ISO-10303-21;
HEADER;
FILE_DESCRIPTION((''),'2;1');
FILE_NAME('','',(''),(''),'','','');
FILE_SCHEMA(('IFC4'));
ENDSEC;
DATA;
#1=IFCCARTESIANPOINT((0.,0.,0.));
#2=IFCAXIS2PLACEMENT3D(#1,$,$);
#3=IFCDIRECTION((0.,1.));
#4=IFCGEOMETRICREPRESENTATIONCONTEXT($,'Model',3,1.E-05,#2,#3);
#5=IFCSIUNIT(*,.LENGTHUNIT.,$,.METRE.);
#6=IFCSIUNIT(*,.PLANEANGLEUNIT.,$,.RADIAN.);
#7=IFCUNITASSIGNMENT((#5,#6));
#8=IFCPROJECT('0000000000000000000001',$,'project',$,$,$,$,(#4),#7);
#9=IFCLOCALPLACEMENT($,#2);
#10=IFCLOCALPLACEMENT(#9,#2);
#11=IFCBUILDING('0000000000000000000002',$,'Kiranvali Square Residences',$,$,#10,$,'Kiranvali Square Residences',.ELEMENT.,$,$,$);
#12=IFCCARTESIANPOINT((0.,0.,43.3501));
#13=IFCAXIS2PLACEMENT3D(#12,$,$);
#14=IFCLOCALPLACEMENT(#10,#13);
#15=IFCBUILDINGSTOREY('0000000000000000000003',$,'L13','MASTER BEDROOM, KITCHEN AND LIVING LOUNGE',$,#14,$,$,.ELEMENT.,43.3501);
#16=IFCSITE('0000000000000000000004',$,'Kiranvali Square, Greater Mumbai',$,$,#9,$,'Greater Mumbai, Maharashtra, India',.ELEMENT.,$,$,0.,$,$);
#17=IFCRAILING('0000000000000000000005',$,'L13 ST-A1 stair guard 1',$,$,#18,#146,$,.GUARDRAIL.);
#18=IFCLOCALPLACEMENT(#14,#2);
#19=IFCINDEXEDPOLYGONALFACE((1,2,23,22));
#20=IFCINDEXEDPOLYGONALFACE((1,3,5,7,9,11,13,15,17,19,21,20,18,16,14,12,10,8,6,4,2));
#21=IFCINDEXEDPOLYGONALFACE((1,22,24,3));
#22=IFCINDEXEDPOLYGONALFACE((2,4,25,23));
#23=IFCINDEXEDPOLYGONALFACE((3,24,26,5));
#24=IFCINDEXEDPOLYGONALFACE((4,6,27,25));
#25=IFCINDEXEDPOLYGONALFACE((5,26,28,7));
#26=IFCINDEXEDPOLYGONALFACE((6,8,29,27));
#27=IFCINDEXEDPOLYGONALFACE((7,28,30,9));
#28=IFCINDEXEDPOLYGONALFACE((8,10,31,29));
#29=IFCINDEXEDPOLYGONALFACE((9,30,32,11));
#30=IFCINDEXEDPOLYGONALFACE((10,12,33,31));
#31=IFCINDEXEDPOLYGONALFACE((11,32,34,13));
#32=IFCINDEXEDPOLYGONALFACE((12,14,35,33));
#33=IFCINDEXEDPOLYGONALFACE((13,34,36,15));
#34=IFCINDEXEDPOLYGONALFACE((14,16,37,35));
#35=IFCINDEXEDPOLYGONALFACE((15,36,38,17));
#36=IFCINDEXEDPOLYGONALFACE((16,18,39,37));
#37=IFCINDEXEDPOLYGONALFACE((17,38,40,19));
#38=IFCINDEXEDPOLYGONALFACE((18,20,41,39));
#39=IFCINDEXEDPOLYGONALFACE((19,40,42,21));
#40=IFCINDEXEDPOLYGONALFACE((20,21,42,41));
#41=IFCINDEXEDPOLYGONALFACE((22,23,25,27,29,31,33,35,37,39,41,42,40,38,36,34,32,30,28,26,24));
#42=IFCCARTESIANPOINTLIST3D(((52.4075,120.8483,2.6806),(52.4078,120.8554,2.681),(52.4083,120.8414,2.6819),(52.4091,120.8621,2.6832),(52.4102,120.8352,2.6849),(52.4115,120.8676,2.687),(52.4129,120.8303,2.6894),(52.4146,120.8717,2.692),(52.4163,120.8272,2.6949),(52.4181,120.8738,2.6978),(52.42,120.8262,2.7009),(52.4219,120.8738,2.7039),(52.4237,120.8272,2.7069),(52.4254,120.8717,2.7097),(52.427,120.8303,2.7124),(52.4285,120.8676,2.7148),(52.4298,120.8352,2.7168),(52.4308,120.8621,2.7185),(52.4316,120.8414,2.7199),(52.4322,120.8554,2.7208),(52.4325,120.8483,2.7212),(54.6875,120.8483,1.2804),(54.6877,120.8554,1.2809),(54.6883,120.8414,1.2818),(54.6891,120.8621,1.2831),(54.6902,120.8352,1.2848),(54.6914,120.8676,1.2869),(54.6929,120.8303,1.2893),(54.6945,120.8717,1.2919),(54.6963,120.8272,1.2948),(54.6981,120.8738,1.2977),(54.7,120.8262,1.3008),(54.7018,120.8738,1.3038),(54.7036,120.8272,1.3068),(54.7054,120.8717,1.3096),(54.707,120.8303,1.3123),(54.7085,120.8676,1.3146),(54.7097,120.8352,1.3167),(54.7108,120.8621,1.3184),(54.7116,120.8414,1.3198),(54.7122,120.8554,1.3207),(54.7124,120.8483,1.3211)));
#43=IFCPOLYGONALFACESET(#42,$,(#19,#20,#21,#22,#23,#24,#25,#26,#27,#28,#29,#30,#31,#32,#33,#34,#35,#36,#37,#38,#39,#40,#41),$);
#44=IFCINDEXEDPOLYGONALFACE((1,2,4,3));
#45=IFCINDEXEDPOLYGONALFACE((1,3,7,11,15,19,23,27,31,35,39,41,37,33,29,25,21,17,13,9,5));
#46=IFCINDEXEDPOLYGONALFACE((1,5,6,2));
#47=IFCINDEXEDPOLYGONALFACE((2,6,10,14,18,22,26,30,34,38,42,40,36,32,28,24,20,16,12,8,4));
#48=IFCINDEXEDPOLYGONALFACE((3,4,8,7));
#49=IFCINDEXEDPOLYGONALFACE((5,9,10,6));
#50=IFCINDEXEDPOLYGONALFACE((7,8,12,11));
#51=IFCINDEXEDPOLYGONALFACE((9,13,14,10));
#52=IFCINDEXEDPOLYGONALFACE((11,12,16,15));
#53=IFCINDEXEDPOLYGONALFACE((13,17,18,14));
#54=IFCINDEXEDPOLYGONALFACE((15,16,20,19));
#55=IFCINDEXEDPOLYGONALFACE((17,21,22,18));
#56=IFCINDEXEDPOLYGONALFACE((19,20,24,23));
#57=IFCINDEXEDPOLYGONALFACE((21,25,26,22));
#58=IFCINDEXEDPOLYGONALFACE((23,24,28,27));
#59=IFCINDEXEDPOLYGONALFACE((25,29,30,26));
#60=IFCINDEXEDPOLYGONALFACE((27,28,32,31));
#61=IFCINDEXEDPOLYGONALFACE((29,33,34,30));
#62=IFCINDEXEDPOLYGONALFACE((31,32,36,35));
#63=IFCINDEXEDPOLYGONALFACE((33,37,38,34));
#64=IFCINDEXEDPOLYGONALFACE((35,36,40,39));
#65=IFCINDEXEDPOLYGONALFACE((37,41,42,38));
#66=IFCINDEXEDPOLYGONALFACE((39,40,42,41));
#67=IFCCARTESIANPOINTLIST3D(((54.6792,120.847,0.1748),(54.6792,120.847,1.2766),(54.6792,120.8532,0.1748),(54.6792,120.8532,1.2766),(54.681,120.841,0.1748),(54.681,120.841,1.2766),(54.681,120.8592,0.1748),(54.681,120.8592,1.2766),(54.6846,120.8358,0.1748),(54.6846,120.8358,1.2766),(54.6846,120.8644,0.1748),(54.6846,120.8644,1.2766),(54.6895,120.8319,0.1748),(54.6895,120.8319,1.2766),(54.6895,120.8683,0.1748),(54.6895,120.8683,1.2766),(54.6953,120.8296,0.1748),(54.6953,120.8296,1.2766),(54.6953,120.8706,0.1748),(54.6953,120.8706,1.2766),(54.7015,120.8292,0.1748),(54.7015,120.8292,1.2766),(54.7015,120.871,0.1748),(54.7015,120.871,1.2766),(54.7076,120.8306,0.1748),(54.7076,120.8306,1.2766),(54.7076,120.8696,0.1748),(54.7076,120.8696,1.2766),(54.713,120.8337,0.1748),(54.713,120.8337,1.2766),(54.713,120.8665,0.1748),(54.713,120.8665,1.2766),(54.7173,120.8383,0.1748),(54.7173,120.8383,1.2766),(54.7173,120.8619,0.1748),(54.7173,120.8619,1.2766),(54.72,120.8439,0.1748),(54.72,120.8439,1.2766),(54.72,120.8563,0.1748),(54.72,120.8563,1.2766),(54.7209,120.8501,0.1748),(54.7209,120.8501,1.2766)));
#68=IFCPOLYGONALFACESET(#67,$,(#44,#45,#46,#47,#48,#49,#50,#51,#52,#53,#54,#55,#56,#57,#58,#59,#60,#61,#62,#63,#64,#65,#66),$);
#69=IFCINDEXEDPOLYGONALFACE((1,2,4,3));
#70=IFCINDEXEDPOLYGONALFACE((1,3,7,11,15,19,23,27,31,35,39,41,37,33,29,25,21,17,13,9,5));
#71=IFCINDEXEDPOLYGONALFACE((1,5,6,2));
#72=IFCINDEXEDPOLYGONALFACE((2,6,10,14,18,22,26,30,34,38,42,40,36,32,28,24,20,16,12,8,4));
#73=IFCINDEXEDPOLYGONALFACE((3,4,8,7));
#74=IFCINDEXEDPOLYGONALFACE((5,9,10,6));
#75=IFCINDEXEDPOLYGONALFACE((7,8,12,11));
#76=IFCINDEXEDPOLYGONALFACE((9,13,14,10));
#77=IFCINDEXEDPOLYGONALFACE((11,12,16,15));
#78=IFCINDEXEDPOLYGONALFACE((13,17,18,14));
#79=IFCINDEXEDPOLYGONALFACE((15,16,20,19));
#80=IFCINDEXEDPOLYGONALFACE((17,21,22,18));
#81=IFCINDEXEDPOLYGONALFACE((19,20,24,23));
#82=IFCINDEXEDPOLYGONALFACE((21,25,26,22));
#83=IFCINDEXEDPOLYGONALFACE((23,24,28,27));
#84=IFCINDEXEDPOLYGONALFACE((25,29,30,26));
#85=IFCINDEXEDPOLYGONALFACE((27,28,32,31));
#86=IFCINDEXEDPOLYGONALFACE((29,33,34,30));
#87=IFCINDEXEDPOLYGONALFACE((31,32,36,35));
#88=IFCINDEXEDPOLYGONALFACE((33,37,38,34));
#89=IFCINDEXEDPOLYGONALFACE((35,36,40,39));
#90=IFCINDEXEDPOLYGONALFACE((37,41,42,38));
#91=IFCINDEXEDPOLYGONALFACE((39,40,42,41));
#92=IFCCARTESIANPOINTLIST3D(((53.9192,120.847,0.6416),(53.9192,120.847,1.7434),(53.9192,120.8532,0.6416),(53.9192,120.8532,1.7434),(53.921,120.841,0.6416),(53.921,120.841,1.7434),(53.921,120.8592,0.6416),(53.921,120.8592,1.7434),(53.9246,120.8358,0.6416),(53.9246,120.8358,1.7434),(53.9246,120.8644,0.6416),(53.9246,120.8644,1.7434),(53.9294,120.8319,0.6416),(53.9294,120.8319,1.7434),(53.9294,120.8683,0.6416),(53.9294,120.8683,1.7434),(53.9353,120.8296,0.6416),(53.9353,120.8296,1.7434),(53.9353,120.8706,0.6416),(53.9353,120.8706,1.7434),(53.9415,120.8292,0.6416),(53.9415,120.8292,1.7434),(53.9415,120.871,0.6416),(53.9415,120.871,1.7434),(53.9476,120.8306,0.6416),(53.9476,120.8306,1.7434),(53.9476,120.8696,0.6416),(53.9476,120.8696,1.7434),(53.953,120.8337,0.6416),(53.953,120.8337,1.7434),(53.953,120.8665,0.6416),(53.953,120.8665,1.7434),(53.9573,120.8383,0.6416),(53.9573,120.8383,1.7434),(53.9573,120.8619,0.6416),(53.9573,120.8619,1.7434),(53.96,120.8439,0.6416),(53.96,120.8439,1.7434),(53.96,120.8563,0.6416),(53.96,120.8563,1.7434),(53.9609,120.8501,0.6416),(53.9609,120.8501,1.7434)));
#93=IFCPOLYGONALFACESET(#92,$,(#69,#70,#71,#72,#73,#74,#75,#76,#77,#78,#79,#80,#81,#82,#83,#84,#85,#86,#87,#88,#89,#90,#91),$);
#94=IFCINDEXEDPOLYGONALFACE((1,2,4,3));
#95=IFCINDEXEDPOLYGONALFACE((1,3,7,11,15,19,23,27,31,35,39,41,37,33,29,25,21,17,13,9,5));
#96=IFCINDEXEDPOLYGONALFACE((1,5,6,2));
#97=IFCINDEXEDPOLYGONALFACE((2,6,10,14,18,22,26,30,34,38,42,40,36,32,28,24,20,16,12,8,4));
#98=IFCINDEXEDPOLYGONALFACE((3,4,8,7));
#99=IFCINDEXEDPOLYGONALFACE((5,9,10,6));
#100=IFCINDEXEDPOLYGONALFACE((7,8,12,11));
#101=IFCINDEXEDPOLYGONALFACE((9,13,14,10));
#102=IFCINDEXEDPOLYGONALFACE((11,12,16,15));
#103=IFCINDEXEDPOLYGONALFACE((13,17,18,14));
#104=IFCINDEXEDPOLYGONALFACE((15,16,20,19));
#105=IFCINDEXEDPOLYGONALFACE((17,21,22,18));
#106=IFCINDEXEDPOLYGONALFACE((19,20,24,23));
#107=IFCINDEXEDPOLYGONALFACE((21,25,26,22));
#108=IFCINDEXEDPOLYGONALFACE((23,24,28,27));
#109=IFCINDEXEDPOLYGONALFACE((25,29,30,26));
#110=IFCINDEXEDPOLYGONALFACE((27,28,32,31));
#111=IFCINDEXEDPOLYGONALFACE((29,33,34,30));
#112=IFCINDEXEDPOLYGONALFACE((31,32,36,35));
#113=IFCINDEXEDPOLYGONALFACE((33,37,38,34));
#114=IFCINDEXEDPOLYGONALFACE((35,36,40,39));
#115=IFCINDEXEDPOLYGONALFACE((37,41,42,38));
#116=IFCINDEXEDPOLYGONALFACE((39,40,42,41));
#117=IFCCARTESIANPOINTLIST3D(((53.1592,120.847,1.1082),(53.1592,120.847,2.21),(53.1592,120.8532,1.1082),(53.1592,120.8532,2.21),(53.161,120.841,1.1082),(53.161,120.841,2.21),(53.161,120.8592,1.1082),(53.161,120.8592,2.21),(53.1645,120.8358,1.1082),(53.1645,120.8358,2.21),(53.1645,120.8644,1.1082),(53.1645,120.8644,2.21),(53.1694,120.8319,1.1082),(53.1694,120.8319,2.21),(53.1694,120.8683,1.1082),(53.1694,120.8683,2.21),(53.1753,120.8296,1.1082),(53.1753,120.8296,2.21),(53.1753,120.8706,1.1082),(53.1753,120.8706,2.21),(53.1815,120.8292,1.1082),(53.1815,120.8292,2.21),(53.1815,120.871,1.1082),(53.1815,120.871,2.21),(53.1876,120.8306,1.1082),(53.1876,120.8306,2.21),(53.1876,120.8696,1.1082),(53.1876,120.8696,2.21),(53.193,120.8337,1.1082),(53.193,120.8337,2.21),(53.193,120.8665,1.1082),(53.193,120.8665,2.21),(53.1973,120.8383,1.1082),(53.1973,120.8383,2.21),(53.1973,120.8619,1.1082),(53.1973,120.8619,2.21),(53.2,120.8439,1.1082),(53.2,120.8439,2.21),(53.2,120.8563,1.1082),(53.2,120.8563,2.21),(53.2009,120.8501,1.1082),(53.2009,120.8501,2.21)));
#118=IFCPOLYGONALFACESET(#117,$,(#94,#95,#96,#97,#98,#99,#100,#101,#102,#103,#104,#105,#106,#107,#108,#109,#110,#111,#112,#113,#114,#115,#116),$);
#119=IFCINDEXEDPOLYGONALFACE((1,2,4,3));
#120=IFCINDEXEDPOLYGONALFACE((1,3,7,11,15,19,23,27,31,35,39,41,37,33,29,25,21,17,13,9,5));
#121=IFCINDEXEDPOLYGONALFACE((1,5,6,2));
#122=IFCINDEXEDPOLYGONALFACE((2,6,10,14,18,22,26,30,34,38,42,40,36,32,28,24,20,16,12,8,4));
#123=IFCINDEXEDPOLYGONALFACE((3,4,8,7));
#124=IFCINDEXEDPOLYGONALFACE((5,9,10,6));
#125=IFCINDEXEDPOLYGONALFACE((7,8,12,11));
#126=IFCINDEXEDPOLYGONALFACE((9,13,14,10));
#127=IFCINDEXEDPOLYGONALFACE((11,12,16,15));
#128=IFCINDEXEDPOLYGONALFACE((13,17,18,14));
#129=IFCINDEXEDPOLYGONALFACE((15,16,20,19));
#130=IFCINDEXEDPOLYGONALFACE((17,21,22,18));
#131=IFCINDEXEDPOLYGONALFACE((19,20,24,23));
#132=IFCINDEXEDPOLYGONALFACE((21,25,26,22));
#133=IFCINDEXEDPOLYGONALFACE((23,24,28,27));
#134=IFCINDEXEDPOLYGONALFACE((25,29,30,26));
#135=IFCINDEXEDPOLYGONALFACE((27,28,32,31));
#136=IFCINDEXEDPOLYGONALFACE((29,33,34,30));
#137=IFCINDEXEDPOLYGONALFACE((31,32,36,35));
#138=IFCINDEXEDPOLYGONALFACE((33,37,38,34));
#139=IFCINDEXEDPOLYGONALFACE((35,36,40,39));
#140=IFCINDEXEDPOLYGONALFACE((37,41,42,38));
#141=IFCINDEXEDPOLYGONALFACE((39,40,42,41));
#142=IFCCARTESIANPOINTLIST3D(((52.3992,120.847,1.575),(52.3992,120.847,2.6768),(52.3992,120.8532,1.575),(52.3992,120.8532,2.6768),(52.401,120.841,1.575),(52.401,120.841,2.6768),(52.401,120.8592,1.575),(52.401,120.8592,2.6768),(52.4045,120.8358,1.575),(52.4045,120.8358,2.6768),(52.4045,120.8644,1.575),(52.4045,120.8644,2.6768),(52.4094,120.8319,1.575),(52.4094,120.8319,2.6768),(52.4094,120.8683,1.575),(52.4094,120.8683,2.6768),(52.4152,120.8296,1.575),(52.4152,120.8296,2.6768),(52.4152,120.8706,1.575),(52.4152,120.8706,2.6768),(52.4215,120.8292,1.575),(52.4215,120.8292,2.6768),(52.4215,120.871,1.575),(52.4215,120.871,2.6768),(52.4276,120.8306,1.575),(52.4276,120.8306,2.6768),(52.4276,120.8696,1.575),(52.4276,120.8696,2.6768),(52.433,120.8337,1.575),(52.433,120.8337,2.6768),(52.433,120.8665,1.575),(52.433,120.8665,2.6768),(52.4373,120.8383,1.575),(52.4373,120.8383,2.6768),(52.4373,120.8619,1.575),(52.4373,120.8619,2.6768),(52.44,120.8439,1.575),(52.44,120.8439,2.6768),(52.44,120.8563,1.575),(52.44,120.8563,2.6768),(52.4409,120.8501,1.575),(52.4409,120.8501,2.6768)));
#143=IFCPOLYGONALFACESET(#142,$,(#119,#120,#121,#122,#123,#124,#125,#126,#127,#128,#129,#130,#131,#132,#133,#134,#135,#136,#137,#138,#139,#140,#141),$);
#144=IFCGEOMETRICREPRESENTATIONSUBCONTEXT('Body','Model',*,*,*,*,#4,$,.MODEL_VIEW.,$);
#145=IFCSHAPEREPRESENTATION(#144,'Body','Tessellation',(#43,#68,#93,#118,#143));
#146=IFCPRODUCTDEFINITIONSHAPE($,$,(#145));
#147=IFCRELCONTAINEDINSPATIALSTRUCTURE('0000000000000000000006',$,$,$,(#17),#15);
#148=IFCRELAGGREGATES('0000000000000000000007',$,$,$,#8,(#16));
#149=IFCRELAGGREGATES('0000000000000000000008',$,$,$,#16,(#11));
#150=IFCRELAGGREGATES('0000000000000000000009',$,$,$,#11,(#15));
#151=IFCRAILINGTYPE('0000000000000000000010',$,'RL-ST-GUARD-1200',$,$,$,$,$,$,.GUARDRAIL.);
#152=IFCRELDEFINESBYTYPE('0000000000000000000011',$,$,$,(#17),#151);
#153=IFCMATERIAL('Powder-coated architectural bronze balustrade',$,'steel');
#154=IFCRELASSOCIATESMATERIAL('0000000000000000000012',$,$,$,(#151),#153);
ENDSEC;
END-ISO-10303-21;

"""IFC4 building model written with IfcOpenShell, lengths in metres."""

from ifc_helpers import new_model, si_unit, direction, frame, origin, origin_2d, place, context, subcontext, project, spatial, circle, extrude, material, type_object, element, save


model = new_model("IFC4")

# Units and contexts
model_context = context("Model", 3, precision=1e-05, world=origin(), true_north=direction((0.0, 1.0)))
body_context = subcontext(model_context, "Body", "Model", "MODEL_VIEW")
ifc_project = project(units=[si_unit("LENGTHUNIT", "METRE"), si_unit("PLANEANGLEUNIT", "RADIAN")], contexts=[model_context])

# Site, building, storey
site_placement = place(None, origin())
site = spatial("IfcSite", under=ifc_project, at=site_placement, Name="Kiranvali Square, Greater Mumbai", LongName="Greater Mumbai, Maharashtra, India", CompositionType="ELEMENT", RefElevation=0.0)
building_placement = place(site_placement, origin())
building = spatial("IfcBuilding", under=site, at=building_placement, Name="Kiranvali Square Residences", LongName="Kiranvali Square Residences", CompositionType="ELEMENT")
storey_placement = place(building_placement, frame((0.0, 0.0, 43.3501)))
storey = spatial("IfcBuildingStorey", under=building, at=storey_placement, Name="L13", Description="MASTER BEDROOM, KITCHEN AND LIVING LOUNGE", CompositionType="ELEMENT", Elevation=43.3501)

# Railing
ifc_material_1 = material(Name="Powder-coated architectural bronze balustrade", Category="steel")
railing_type_1 = type_object("IfcRailingType", Name="RL-ST-GUARD-1200", PredefinedType="GUARDRAIL", material=ifc_material_1)
railing_1_placement = place(storey_placement, frame((54.7, 120.8501, 0.1748)))
element("IfcRailing", 1, at=railing_1_placement, inside=storey, type_object=railing_type_1, Name="L13 ST-A1 stair guard 1", PredefinedType="GUARDRAIL", context=body_context, shape_type="SweptSolid", body=[
    extrude(circle(Radius=0.0239, at=origin_2d()), frame((0.0, 0.0, 1.126), z_axis=(-0.85215, 0.0, 0.523298), x_axis=(0.0, -1.0, 0.0)), (0.0, 0.0, 1.0), 2.6755),
    extrude(circle(Radius=0.021, at=origin_2d()), origin(), (0.0, 0.0, 1.0), 1.1018),
    extrude(circle(Radius=0.021, at=origin_2d()), frame((-0.76, 0.0, 0.4668)), (0.0, 0.0, 1.0), 1.1018),
    extrude(circle(Radius=0.021, at=origin_2d()), frame((-1.52, 0.0, 0.9333)), (0.0, 0.0, 1.0), 1.1018),
    extrude(circle(Radius=0.021, at=origin_2d()), frame((-2.28, 0.0, 1.4001)), (0.0, 0.0, 1.0), 1.1018),
])

save(model, "model.ifc")
